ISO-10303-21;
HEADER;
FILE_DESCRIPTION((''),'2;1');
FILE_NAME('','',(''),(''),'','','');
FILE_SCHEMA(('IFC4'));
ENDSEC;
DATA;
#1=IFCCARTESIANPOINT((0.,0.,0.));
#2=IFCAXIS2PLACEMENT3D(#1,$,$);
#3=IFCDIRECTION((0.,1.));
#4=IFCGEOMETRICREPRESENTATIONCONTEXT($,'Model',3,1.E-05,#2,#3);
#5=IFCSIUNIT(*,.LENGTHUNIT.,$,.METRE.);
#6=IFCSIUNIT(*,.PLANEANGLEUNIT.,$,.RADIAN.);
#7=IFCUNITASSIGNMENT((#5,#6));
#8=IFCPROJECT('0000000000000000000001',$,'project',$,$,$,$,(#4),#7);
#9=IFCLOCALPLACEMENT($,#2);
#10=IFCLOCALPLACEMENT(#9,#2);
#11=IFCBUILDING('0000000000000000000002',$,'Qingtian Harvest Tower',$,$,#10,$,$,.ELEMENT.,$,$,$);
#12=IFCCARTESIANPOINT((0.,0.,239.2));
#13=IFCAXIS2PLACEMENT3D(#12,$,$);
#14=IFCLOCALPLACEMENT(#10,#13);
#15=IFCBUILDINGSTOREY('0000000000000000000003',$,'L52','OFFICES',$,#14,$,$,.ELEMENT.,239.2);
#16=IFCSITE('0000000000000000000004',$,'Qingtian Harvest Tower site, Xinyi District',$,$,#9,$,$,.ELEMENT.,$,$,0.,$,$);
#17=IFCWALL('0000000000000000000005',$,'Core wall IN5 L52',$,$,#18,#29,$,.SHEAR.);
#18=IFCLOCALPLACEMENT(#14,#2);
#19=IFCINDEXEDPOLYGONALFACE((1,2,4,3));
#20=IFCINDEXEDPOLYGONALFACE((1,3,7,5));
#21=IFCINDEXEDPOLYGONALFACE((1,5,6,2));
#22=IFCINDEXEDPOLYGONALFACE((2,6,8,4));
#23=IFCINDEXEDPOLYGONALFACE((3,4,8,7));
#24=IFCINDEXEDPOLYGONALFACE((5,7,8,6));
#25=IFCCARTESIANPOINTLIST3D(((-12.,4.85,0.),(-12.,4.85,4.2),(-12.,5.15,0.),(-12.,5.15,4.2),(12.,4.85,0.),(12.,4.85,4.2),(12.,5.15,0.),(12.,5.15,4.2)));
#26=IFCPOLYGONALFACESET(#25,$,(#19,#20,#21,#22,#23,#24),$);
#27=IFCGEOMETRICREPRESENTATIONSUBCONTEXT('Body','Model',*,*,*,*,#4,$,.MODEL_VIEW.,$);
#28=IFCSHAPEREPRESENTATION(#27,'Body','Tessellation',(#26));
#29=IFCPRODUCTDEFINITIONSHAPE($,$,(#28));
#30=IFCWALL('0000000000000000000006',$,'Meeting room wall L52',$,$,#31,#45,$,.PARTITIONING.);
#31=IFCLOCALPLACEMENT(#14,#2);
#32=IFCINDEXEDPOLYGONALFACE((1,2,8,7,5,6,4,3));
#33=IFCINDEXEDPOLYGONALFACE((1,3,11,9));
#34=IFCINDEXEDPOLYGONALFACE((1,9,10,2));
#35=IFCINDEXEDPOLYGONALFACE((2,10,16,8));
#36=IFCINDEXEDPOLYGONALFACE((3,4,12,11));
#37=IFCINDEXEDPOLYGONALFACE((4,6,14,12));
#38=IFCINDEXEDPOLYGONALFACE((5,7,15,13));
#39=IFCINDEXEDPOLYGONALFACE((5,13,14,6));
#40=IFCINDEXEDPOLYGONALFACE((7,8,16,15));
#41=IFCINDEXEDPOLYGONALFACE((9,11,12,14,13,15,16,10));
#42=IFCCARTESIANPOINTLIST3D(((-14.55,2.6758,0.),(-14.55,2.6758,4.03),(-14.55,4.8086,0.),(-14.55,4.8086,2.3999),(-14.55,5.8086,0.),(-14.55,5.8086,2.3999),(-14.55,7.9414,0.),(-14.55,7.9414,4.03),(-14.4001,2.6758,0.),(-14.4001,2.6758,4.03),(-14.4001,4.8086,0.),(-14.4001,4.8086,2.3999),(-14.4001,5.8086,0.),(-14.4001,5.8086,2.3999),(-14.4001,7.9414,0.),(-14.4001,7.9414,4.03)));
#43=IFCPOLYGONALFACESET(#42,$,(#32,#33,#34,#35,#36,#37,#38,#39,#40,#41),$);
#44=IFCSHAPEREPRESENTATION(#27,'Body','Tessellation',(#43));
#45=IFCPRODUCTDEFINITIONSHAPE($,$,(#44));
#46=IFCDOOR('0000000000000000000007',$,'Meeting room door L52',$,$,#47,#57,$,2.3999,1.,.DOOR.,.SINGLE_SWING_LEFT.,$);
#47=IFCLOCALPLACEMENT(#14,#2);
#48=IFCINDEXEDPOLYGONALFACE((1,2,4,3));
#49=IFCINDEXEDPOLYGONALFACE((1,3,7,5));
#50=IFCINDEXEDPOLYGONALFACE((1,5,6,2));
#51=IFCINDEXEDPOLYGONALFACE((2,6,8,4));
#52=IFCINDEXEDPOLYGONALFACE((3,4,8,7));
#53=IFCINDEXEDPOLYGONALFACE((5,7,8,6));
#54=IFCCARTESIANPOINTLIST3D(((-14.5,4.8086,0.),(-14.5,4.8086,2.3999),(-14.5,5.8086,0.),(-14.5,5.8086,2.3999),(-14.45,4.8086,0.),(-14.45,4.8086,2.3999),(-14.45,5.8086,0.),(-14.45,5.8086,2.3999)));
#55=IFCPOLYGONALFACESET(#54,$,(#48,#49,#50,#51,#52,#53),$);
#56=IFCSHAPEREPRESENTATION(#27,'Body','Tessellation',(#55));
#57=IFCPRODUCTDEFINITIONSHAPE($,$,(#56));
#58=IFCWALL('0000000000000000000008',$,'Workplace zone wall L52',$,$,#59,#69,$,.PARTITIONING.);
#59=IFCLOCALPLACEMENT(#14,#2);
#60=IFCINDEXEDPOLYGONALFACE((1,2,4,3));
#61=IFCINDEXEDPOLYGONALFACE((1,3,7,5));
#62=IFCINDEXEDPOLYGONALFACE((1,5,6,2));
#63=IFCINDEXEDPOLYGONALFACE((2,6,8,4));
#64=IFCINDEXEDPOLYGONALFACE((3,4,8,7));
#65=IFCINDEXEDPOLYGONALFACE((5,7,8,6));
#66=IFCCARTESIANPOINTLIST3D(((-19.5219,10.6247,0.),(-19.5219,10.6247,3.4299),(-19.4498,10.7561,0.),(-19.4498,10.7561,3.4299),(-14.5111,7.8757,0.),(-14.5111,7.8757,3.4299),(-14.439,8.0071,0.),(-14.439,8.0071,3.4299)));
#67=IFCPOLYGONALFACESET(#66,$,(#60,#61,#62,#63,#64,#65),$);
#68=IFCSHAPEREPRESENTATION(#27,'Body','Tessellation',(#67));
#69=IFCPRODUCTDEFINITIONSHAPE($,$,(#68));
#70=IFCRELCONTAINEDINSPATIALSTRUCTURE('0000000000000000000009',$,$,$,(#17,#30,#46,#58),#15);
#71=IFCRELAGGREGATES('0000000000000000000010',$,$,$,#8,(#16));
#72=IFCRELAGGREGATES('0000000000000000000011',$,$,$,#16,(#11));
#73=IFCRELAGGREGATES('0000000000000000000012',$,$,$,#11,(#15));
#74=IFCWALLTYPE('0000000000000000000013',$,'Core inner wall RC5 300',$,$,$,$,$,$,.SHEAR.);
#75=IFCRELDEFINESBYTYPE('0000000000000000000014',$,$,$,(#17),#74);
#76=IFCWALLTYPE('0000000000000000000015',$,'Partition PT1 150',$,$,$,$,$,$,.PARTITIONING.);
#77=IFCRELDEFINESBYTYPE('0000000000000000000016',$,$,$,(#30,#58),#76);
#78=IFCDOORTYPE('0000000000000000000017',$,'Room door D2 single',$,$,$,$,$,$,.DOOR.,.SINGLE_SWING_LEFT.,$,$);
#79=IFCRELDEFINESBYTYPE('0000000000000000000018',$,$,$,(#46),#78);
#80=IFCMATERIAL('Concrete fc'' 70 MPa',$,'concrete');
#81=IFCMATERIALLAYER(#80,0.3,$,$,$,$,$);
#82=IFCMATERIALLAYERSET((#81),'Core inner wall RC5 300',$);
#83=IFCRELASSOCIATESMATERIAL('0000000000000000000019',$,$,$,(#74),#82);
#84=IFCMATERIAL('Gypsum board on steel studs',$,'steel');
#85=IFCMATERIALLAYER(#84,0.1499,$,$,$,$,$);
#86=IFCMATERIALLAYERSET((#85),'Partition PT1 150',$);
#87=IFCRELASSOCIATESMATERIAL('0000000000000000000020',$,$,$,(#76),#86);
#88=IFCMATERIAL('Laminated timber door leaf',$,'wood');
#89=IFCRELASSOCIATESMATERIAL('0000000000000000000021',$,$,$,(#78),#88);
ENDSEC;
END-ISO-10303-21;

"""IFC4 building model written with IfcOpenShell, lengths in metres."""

from ifc_helpers import new_model, si_unit, direction, frame, frame_2d, origin, place, context, subcontext, project, spatial, rectangle, extrude, material, layer, layer_set, type_object, element, fill, save


model = new_model("IFC4")

# Units and contexts
model_context = context("Model", 3, precision=1e-05, world=origin(), true_north=direction((0.0, 1.0)))
body_context = subcontext(model_context, "Body", "Model", "MODEL_VIEW")
ifc_project = project(units=[si_unit("LENGTHUNIT", "METRE"), si_unit("PLANEANGLEUNIT", "RADIAN")], contexts=[model_context])

# Site, building, storey
site_placement = place(None, origin())
site = spatial("IfcSite", under=ifc_project, at=site_placement, Name="Qingtian Harvest Tower site, Xinyi District", CompositionType="ELEMENT", RefElevation=0.0)
building_placement = place(site_placement, origin())
building = spatial("IfcBuilding", under=site, at=building_placement, Name="Qingtian Harvest Tower", CompositionType="ELEMENT")
storey_placement = place(building_placement, frame((0.0, 0.0, 239.2)))
storey = spatial("IfcBuildingStorey", under=building, at=storey_placement, Name="L52", Description="OFFICES", CompositionType="ELEMENT", Elevation=239.2)

# Wall
ifc_material_1 = material(Name="Concrete fc' 70 MPa", Category="concrete")
ifc_layer_1 = layer(ifc_material_1, 0.3)
ifc_layer_set_1 = layer_set([ifc_layer_1], Name="Core inner wall RC5 300")
wall_type_1 = type_object("IfcWallType", Name="Core inner wall RC5 300", PredefinedType="SHEAR", material=ifc_layer_set_1)
wall_1_placement = place(storey_placement, frame((-12.0, 5.0, 0.0), z_axis=(0.0, 0.0, 1.0), x_axis=(1.0, 0.0, 0.0)))
element("IfcWall", 1, at=wall_1_placement, inside=storey, type_object=wall_type_1, Name="Core wall IN5 L52", PredefinedType="SHEAR", context=body_context, shape_type="SweptSolid", body=[
    extrude(rectangle(XDim=24.0, YDim=0.3, at=frame_2d((12.0, 0.0))), origin(), (0.0, 0.0, 1.0), 4.2),
])

# Wall, opening, door
ifc_material_2 = material(Name="Gypsum board on steel studs", Category="steel")
ifc_layer_2 = layer(ifc_material_2, 0.1499)
ifc_layer_set_2 = layer_set([ifc_layer_2], Name="Partition PT1 150")
wall_type_2 = type_object("IfcWallType", Name="Partition PT1 150", PredefinedType="PARTITIONING", material=ifc_layer_set_2)
wall_2_placement = place(storey_placement, frame((-14.4751, 2.6758, 0.0), z_axis=(0.0, 0.0, 1.0), x_axis=(0.0, 1.0, 0.0)))
wall_2 = element("IfcWall", 2, at=wall_2_placement, inside=storey, type_object=wall_type_2, Name="Meeting room wall L52", PredefinedType="PARTITIONING", context=body_context, shape_type="SweptSolid", body=[
    extrude(rectangle(XDim=5.2656, YDim=0.1499, at=frame_2d((2.6328, 0.0))), origin(), (0.0, 0.0, 1.0), 4.03),
])
opening_1_placement = place(wall_2_placement, frame((2.1328, 0.0, 0.0)))
opening_1 = element("IfcOpeningElement", 3, at=opening_1_placement, cuts=wall_2, PredefinedType="OPENING", context=body_context, shape_type="SweptSolid", body=[
    extrude(rectangle(XDim=1.0, YDim=2.3999, at=frame_2d((0.5, 1.2))), frame((0.0, 0.085, 0.0), z_axis=(0.0, -1.0, 0.0), x_axis=(1.0, 0.0, 0.0)), (0.0, 0.0, 1.0), 0.1699),
])
ifc_material_3 = material(Name="Laminated timber door leaf", Category="wood")
door_type_1 = type_object("IfcDoorType", Name="Room door D2 single", OperationType="SINGLE_SWING_LEFT", PredefinedType="DOOR", material=ifc_material_3)
door_1_placement = place(opening_1_placement, origin())
door_1 = element("IfcDoor", 4, at=door_1_placement, inside=storey, type_object=door_type_1, Name="Meeting room door L52", OperationType="SINGLE_SWING_LEFT", OverallHeight=2.3999, OverallWidth=1.0, PredefinedType="DOOR", context=body_context, shape_type="SweptSolid", body=[
    extrude(rectangle(XDim=1.0, YDim=2.3999, at=frame_2d((0.5, 1.2))), frame((0.0, 0.0249, 0.0), z_axis=(0.0, -1.0, 0.0), x_axis=(1.0, 0.0, 0.0)), (0.0, 0.0, 1.0), 0.05),
])
fill(opening_1, door_1)

# Wall
wall_3_placement = place(storey_placement, frame((-19.4858, 10.6904, 0.0), z_axis=(0.0, 0.0, 1.0), x_axis=(0.876724, -0.480994, 0.0)))
element("IfcWall", 5, at=wall_3_placement, inside=storey, type_object=wall_type_2, Name="Workplace zone wall L52", PredefinedType="PARTITIONING", context=body_context, shape_type="SweptSolid", body=[
    extrude(rectangle(XDim=5.7153, YDim=0.1499, at=frame_2d((2.8577, 0.0))), origin(), (0.0, 0.0, 1.0), 3.4299),
])

save(model, "model.ifc")
